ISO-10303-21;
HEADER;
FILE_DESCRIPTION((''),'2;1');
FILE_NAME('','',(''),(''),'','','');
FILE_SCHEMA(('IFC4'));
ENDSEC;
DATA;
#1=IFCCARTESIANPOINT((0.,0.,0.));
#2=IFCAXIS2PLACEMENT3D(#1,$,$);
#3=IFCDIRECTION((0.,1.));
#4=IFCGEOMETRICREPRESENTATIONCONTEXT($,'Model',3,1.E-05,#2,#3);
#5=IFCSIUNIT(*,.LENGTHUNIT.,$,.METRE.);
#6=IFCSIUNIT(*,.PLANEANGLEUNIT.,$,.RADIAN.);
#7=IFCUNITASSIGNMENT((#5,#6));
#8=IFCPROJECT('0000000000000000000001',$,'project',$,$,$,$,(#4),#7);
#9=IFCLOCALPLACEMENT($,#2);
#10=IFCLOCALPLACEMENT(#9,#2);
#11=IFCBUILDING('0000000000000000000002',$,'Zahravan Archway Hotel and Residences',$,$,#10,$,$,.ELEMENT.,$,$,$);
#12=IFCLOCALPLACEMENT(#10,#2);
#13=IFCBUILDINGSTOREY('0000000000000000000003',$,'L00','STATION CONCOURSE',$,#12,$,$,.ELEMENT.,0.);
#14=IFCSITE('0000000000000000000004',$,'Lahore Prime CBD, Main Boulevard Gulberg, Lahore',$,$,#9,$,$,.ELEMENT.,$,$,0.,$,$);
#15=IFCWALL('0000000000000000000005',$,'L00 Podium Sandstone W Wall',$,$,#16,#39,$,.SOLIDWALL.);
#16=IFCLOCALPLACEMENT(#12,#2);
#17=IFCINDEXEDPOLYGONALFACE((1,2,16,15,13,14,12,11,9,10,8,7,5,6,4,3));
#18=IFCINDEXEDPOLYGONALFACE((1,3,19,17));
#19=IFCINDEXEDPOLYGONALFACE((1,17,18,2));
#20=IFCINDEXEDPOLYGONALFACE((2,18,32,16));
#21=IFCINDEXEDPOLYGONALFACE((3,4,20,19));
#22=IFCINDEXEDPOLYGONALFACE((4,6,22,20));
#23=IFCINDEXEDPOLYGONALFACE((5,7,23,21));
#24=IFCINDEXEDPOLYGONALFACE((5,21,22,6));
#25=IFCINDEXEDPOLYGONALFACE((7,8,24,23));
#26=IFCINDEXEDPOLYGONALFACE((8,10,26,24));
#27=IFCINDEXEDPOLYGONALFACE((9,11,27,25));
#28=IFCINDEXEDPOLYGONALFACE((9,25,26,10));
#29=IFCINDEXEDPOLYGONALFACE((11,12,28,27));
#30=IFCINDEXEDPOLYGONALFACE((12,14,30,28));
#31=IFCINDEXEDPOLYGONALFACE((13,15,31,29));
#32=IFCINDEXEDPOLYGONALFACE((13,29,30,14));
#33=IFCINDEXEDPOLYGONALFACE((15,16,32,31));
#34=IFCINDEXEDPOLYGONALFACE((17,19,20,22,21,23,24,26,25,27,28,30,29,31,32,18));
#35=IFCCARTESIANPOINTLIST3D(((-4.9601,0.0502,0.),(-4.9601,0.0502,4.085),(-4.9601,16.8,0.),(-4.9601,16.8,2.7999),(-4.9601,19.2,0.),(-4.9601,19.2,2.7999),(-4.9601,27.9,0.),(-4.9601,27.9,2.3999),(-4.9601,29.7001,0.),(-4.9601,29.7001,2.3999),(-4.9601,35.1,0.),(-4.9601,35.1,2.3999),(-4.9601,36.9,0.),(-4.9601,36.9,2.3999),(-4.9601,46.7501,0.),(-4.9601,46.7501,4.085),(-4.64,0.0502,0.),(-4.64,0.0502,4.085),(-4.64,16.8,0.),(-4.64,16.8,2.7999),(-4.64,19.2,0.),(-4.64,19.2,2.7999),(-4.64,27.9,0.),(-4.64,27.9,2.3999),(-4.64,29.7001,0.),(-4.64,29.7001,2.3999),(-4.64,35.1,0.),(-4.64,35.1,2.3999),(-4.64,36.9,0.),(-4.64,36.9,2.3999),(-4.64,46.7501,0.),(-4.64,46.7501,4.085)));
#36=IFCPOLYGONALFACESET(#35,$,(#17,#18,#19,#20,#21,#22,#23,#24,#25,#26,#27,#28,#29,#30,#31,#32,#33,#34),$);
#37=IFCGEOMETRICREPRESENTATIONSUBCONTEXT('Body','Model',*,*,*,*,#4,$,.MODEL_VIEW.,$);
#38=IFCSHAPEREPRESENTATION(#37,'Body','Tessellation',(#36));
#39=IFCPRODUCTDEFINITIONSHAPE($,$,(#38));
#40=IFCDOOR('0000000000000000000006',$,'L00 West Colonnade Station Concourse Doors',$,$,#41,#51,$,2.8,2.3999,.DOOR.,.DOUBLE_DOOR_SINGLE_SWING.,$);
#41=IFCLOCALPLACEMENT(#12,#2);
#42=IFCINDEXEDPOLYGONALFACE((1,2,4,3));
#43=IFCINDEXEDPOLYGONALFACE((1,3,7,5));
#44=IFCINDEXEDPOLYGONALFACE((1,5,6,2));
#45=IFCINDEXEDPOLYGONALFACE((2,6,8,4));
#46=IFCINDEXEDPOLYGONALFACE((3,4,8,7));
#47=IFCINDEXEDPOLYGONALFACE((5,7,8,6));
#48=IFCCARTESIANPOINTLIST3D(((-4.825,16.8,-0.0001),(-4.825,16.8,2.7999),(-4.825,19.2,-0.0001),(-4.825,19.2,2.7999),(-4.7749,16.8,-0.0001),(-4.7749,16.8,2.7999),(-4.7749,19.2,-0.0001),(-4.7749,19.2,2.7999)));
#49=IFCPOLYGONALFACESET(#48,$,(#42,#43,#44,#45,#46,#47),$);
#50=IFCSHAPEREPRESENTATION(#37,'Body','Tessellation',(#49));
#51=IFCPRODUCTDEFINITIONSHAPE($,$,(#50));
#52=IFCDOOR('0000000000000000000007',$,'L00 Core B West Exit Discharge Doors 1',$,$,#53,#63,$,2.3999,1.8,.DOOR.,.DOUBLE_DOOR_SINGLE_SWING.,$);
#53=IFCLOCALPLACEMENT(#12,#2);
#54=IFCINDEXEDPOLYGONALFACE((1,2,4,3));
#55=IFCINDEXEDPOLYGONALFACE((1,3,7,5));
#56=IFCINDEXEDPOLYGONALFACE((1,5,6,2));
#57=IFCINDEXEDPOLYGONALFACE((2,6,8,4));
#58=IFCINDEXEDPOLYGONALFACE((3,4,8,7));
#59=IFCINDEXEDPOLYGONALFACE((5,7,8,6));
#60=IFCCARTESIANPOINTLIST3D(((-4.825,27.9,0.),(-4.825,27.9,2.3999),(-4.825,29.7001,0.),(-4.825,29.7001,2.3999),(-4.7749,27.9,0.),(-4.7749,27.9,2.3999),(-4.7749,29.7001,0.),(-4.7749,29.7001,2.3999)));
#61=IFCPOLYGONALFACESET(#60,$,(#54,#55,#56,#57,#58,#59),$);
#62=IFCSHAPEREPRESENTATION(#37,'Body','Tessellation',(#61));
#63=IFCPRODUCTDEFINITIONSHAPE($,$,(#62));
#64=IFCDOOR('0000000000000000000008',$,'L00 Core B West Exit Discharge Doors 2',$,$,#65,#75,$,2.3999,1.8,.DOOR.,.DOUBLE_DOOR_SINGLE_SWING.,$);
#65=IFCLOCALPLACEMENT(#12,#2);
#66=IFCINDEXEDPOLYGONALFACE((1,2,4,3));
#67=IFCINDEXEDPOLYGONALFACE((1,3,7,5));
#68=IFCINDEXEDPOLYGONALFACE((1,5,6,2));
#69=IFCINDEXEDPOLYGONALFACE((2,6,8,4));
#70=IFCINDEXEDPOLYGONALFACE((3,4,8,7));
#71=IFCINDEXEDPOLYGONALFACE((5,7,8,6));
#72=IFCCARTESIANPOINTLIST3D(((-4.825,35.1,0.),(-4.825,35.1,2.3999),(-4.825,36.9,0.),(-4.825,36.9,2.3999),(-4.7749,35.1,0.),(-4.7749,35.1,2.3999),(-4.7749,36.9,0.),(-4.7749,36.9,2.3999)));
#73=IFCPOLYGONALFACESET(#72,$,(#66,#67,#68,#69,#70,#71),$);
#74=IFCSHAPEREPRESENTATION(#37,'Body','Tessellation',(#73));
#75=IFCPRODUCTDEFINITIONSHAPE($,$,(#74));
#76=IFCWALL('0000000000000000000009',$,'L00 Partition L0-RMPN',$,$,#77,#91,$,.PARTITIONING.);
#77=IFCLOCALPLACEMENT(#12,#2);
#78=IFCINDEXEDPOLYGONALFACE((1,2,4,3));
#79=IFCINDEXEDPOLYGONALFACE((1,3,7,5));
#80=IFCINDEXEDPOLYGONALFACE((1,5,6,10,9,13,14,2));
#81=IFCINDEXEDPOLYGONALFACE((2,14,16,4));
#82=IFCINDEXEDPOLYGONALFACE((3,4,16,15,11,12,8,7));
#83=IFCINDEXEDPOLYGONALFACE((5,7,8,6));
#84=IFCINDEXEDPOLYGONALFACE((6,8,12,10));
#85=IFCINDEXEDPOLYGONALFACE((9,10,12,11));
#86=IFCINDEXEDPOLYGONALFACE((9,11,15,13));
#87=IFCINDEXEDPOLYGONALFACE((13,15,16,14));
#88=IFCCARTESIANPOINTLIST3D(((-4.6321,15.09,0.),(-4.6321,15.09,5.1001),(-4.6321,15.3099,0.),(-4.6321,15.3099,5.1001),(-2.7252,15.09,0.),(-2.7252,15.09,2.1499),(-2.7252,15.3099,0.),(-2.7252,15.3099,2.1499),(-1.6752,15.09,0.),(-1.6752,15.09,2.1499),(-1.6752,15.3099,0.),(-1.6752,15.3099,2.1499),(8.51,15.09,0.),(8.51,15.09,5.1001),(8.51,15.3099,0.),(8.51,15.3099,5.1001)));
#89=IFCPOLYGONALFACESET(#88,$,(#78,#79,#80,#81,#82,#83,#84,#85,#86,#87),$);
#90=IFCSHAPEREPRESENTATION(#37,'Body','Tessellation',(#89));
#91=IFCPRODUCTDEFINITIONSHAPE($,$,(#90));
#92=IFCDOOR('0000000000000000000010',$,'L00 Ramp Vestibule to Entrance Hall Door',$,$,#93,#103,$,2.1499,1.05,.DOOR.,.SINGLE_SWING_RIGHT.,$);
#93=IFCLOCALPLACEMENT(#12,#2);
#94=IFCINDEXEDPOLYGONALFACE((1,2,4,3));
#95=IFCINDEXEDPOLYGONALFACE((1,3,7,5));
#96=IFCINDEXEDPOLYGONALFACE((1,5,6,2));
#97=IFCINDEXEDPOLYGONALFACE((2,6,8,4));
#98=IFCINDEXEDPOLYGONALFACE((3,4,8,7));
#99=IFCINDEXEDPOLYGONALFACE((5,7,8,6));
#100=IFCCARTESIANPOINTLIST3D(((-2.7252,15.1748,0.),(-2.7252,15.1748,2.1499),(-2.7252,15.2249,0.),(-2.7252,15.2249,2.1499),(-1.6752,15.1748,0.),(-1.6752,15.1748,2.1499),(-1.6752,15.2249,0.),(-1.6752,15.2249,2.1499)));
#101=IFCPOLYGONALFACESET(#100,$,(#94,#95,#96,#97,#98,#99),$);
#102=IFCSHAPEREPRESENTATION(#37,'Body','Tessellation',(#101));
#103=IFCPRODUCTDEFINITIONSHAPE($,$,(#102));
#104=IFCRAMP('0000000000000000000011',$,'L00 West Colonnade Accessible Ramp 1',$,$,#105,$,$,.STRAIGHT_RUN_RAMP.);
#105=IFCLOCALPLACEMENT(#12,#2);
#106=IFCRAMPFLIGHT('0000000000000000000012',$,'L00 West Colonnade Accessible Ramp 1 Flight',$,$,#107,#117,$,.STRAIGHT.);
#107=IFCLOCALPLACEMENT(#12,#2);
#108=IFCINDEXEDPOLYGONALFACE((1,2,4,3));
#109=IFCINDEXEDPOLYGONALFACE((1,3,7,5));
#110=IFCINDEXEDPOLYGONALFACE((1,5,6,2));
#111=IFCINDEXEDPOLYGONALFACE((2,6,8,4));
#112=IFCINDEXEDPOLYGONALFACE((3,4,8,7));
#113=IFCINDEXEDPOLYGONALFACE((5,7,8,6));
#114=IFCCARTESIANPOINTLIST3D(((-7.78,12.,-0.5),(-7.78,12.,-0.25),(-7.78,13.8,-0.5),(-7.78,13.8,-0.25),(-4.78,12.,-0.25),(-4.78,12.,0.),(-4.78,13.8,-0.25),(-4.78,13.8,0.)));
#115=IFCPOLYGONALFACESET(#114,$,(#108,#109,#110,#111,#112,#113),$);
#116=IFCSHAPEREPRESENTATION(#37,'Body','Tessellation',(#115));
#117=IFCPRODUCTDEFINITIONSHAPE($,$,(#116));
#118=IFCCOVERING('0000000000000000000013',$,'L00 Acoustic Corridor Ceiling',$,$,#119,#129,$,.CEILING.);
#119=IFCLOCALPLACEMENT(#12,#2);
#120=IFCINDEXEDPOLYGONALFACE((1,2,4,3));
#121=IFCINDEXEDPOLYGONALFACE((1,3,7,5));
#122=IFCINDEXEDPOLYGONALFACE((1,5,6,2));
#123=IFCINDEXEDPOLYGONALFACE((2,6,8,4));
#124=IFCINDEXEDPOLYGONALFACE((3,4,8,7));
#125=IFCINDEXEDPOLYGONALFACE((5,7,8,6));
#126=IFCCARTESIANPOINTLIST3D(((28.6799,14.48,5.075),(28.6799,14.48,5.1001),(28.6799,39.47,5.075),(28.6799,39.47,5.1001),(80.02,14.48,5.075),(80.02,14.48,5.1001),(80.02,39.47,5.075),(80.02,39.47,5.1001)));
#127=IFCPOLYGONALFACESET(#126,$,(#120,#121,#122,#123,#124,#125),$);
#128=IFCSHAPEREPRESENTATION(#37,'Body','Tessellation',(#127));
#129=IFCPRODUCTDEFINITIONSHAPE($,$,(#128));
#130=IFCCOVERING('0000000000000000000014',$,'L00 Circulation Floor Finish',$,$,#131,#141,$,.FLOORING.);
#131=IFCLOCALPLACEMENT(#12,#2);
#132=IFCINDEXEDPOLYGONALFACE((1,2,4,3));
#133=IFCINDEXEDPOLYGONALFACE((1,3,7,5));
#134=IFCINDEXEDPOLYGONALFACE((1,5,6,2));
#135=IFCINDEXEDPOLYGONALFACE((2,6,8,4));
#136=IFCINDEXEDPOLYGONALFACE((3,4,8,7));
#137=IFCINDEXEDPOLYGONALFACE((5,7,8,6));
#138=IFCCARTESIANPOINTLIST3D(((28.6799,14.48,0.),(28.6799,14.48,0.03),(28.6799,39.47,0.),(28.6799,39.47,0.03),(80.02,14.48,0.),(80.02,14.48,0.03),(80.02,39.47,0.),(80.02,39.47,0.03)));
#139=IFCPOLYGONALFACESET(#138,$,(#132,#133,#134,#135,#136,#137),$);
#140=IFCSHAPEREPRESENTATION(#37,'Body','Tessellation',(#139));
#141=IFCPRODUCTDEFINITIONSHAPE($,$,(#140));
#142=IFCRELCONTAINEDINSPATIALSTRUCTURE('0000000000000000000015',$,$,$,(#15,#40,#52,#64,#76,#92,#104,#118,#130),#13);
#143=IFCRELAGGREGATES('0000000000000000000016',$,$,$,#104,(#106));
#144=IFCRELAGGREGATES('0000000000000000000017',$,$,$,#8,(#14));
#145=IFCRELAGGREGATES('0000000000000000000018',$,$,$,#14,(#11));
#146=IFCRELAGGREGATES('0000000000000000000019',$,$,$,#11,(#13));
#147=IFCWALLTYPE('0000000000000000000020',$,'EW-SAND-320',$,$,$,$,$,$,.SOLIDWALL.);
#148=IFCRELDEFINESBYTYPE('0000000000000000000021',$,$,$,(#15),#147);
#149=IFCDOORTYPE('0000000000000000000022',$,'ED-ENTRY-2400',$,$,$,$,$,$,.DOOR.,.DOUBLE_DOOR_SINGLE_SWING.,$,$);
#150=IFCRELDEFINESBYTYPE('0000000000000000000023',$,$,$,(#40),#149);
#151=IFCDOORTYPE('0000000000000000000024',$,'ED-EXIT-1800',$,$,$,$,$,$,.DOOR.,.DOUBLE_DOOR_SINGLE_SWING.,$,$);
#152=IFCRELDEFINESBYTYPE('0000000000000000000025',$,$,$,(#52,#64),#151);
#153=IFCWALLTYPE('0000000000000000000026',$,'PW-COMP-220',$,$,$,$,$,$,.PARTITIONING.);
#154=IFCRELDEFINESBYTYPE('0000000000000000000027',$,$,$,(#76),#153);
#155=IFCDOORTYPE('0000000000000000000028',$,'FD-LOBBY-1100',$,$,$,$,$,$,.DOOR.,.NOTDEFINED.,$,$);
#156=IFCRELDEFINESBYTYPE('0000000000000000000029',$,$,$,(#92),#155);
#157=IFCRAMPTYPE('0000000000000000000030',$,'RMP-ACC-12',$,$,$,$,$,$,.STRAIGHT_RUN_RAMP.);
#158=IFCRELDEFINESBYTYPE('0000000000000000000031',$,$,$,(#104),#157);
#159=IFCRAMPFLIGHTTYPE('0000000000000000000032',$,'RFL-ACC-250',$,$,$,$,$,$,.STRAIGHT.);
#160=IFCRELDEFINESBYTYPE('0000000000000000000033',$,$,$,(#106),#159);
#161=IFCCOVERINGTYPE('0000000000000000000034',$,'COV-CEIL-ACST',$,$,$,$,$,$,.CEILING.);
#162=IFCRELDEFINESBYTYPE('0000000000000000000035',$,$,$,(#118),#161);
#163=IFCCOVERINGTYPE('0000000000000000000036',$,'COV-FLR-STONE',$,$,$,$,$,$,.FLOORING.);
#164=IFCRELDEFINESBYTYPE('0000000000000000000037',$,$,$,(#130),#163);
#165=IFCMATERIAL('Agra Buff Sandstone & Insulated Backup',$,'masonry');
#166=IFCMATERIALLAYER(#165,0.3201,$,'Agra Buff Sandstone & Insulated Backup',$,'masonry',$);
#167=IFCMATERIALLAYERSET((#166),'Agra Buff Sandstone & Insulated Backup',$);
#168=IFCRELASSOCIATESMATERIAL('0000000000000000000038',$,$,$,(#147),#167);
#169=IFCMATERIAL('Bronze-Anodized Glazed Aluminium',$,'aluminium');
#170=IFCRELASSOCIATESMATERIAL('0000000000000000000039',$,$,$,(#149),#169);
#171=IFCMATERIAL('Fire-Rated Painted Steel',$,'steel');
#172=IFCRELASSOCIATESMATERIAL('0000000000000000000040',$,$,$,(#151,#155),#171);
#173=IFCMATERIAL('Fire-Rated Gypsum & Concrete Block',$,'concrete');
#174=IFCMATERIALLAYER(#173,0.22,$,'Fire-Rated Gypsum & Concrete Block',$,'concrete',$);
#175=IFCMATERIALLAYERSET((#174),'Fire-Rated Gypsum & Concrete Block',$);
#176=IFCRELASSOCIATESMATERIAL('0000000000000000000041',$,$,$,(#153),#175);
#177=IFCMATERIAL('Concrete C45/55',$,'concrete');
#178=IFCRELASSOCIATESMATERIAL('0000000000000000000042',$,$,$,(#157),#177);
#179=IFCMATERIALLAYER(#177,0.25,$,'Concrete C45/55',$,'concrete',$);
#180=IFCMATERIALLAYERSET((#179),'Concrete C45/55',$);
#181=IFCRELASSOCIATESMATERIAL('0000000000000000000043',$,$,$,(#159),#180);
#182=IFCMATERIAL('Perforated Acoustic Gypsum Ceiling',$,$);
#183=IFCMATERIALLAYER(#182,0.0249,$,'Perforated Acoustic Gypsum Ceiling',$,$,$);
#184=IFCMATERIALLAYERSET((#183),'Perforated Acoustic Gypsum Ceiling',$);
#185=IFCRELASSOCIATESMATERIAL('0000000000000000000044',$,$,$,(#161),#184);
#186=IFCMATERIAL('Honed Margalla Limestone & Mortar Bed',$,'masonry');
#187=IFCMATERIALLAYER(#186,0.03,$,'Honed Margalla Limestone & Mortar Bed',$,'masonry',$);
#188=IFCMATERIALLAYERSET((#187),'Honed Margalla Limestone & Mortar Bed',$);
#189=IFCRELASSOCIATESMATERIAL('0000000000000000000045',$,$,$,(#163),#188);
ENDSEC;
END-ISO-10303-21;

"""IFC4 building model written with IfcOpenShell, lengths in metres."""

from ifc_helpers import new_model, si_unit, direction, frame, frame_2d, origin, place, context, subcontext, project, spatial, polyline, rectangle, outline, extrude, source, transform, mapped, material, layer, layer_set, type_object, type_shapes, element, fill, aggregate, save


model = new_model("IFC4")

# Units and contexts
model_context = context("Model", 3, precision=1e-05, world=origin(), true_north=direction((0.0, 1.0)))
body_context = subcontext(model_context, "Body", "Model", "MODEL_VIEW")
ifc_project = project(units=[si_unit("LENGTHUNIT", "METRE"), si_unit("PLANEANGLEUNIT", "RADIAN")], contexts=[model_context])

# Site, building, storey
site_placement = place(None, origin())
site = spatial("IfcSite", under=ifc_project, at=site_placement, Name="Lahore Prime CBD, Main Boulevard Gulberg, Lahore", CompositionType="ELEMENT", RefElevation=0.0)
building_placement = place(site_placement, origin())
building = spatial("IfcBuilding", under=site, at=building_placement, Name="Zahravan Archway Hotel and Residences", CompositionType="ELEMENT")
storey_placement = place(building_placement, origin())
storey = spatial("IfcBuildingStorey", under=building, at=storey_placement, Name="L00", Description="STATION CONCOURSE", CompositionType="ELEMENT", Elevation=0.0)

# Wall, openings, doors
ifc_material_1 = material(Name="Agra Buff Sandstone & Insulated Backup", Category="masonry")
ifc_layer_1 = layer(ifc_material_1, 0.3201, Name="Agra Buff Sandstone & Insulated Backup", Category="masonry")
ifc_layer_set_1 = layer_set([ifc_layer_1], Name="Agra Buff Sandstone & Insulated Backup")
wall_type_1 = type_object("IfcWallType", Name="EW-SAND-320", PredefinedType="SOLIDWALL", material=ifc_layer_set_1)
wall_1_placement = place(storey_placement, frame((-4.8, 0.05, 0.0), z_axis=(0.0, 0.0, 1.0), x_axis=(0.0, 1.0, 0.0)))
wall_1 = element("IfcWall", 1, at=wall_1_placement, inside=storey, type_object=wall_type_1, Name="L00 Podium Sandstone W Wall", PredefinedType="SOLIDWALL", context=body_context, shape_type="SweptSolid", body=[
    extrude(rectangle(XDim=46.7, YDim=0.3201, at=frame_2d((23.3501, 0.0))), origin(), (0.0, 0.0, 1.0), 4.085),
])
opening_1_placement = place(wall_1_placement, frame((16.75, 0.0, 0.0)))
opening_1 = element("IfcOpeningElement", 2, at=opening_1_placement, cuts=wall_1, PredefinedType="OPENING", context=body_context, shape_type="SweptSolid", body=[
    extrude(rectangle(XDim=2.3999, YDim=2.8, at=frame_2d((1.2, 1.3999))), frame((0.0, 0.1699, 0.0), z_axis=(0.0, -1.0, 0.0), x_axis=(1.0, 0.0, 0.0)), (0.0, 0.0, 1.0), 0.3401),
])
opening_2_placement = place(wall_1_placement, frame((27.8501, 0.0, 0.0)))
opening_2 = element("IfcOpeningElement", 3, at=opening_2_placement, cuts=wall_1, PredefinedType="OPENING", context=body_context, shape_type="SweptSolid", body=[
    extrude(rectangle(XDim=1.8, YDim=2.3999, at=frame_2d((0.8999, 1.2))), frame((0.0, 0.1699, 0.0), z_axis=(0.0, -1.0, 0.0), x_axis=(1.0, 0.0, 0.0)), (0.0, 0.0, 1.0), 0.3401),
])
opening_3_placement = place(wall_1_placement, frame((35.05, 0.0, 0.0)))
opening_3 = element("IfcOpeningElement", 4, at=opening_3_placement, cuts=wall_1, PredefinedType="OPENING", context=body_context, shape_type="SweptSolid", body=[
    extrude(rectangle(XDim=1.8, YDim=2.3999, at=frame_2d((0.8999, 1.2))), frame((0.0, 0.1699, 0.0), z_axis=(0.0, -1.0, 0.0), x_axis=(1.0, 0.0, 0.0)), (0.0, 0.0, 1.0), 0.3401),
])
ifc_material_2 = material(Name="Bronze-Anodized Glazed Aluminium", Category="aluminium")
door_type_1 = type_object("IfcDoorType", Name="ED-ENTRY-2400", OperationType="DOUBLE_DOOR_SINGLE_SWING", PredefinedType="DOOR", material=ifc_material_2)
shared_shape_1 = source(origin(), body_context, "Body", "SweptSolid", [
    extrude(rectangle(XDim=2.3999, YDim=2.8, at=frame_2d((1.2, 1.3999))), frame((0.0, 0.0249, 0.0), z_axis=(0.0, -1.0, 0.0), x_axis=(1.0, 0.0, 0.0)), (0.0, 0.0, 1.0), 0.05),
])
type_shapes(door_type_1, [shared_shape_1])
door_1_placement = place(opening_1_placement, origin())
door_1 = element("IfcDoor", 5, at=door_1_placement, inside=storey, type_object=door_type_1, Name="L00 West Colonnade Station Concourse Doors", OperationType="DOUBLE_DOOR_SINGLE_SWING", OverallHeight=2.8, OverallWidth=2.3999, PredefinedType="DOOR", context=body_context, shape_type="MappedRepresentation", body=[
    mapped(shared_shape_1, transform((0.0, 0.0, 0.0), scale=1.0)),
])
fill(opening_1, door_1)
ifc_material_3 = material(Name="Fire-Rated Painted Steel", Category="steel")
door_type_2 = type_object("IfcDoorType", Name="ED-EXIT-1800", OperationType="DOUBLE_DOOR_SINGLE_SWING", PredefinedType="DOOR", material=ifc_material_3)
shared_shape_2 = source(origin(), body_context, "Body", "SweptSolid", [
    extrude(rectangle(XDim=1.8, YDim=2.3999, at=frame_2d((0.8999, 1.2))), frame((0.0, 0.0249, 0.0), z_axis=(0.0, -1.0, 0.0), x_axis=(1.0, 0.0, 0.0)), (0.0, 0.0, 1.0), 0.05),
])
type_shapes(door_type_2, [shared_shape_2])
door_2_placement = place(opening_2_placement, origin())
door_2 = element("IfcDoor", 6, at=door_2_placement, inside=storey, type_object=door_type_2, Name="L00 Core B West Exit Discharge Doors 1", OperationType="DOUBLE_DOOR_SINGLE_SWING", OverallHeight=2.3999, OverallWidth=1.8, PredefinedType="DOOR", context=body_context, shape_type="MappedRepresentation", body=[
    mapped(shared_shape_2, transform((0.0, 0.0, 0.0), scale=1.0)),
])
fill(opening_2, door_2)
door_3_placement = place(opening_3_placement, origin())
door_3 = element("IfcDoor", 7, at=door_3_placement, inside=storey, type_object=door_type_2, Name="L00 Core B West Exit Discharge Doors 2", OperationType="DOUBLE_DOOR_SINGLE_SWING", OverallHeight=2.3999, OverallWidth=1.8, PredefinedType="DOOR", context=body_context, shape_type="MappedRepresentation", body=[
    mapped(shared_shape_2, transform((0.0, 0.0, 0.0), scale=1.0)),
])
fill(opening_3, door_3)

# Wall, opening, door
ifc_material_4 = material(Name="Fire-Rated Gypsum & Concrete Block", Category="concrete")
ifc_layer_2 = layer(ifc_material_4, 0.22, Name="Fire-Rated Gypsum & Concrete Block", Category="concrete")
ifc_layer_set_2 = layer_set([ifc_layer_2], Name="Fire-Rated Gypsum & Concrete Block")
wall_type_2 = type_object("IfcWallType", Name="PW-COMP-220", PredefinedType="PARTITIONING", material=ifc_layer_set_2)
wall_2_placement = place(storey_placement, frame((-4.6321, 15.2, 0.0), z_axis=(0.0, 0.0, 1.0), x_axis=(1.0, 0.0, 0.0)))
wall_2 = element("IfcWall", 8, at=wall_2_placement, inside=storey, type_object=wall_type_2, Name="L00 Partition L0-RMPN", PredefinedType="PARTITIONING", context=body_context, shape_type="SweptSolid", body=[
    extrude(rectangle(XDim=13.1421, YDim=0.22, at=frame_2d((6.571, 0.0))), origin(), (0.0, 0.0, 1.0), 5.1001),
])
opening_4_placement = place(wall_2_placement, frame((1.907, 0.0, 0.0)))
opening_4 = element("IfcOpeningElement", 9, at=opening_4_placement, cuts=wall_2, PredefinedType="OPENING", context=body_context, shape_type="SweptSolid", body=[
    extrude(rectangle(XDim=1.05, YDim=2.1499, at=frame_2d((0.5249, 1.075))), frame((0.0, 0.1201, 0.0), z_axis=(0.0, -1.0, 0.0), x_axis=(1.0, 0.0, 0.0)), (0.0, 0.0, 1.0), 0.24),
])
door_type_3 = type_object("IfcDoorType", Name="FD-LOBBY-1100", OperationType="NOTDEFINED", PredefinedType="DOOR", material=ifc_material_3)
shared_shape_3 = source(origin(), body_context, "Body", "SweptSolid", [
    extrude(rectangle(XDim=1.05, YDim=2.1499, at=frame_2d((0.5249, 1.075))), frame((0.0, 0.0249, 0.0), z_axis=(0.0, -1.0, 0.0), x_axis=(1.0, 0.0, 0.0)), (0.0, 0.0, 1.0), 0.05),
])
type_shapes(door_type_3, [shared_shape_3])
door_4_placement = place(opening_4_placement, origin())
door_4 = element("IfcDoor", 10, at=door_4_placement, inside=storey, type_object=door_type_3, Name="L00 Ramp Vestibule to Entrance Hall Door", OperationType="SINGLE_SWING_RIGHT", OverallHeight=2.1499, OverallWidth=1.05, PredefinedType="DOOR", context=body_context, shape_type="MappedRepresentation", body=[
    mapped(shared_shape_3, transform((0.0, 0.0, 0.0), scale=1.0)),
])
fill(opening_4, door_4)

# Ramp, ramp flight
ifc_material_5 = material(Name="Concrete C45/55", Category="concrete")
ramp_type = type_object("IfcRampType", Name="RMP-ACC-12", PredefinedType="STRAIGHT_RUN_RAMP", material=ifc_material_5)
ramp_placement = place(storey_placement, origin())
ramp = element("IfcRamp", 11, at=ramp_placement, inside=storey, type_object=ramp_type, Name="L00 West Colonnade Accessible Ramp 1", PredefinedType="STRAIGHT_RUN_RAMP")
ifc_layer_3 = layer(ifc_material_5, 0.25, Name="Concrete C45/55", Category="concrete")
ifc_layer_set_3 = layer_set([ifc_layer_3], Name="Concrete C45/55")
ramp_flight_type = type_object("IfcRampFlightType", Name="RFL-ACC-250", PredefinedType="STRAIGHT", material=ifc_layer_set_3)
ramp_flight_placement = place(storey_placement, frame((-7.78, 13.8, -0.25), z_axis=(0.0, -1.0, 0.0), x_axis=(1.0, 0.0, 0.0)))
ramp_flight = element("IfcRampFlight", 12, at=ramp_flight_placement, type_object=ramp_flight_type, Name="L00 West Colonnade Accessible Ramp 1 Flight", PredefinedType="STRAIGHT", context=body_context, shape_type="SweptSolid", body=[
    extrude(outline(polyline([(0.0, 0.0), (3.0, 0.25), (3.0, 0.0), (0.0, -0.25), (0.0, 0.0)])), origin(), (0.0, 0.0, 1.0), 1.8),
])
aggregate(ramp, [ramp_flight])

# Coverings
ifc_material_6 = material(Name="Perforated Acoustic Gypsum Ceiling")
ifc_layer_4 = layer(ifc_material_6, 0.0249, Name="Perforated Acoustic Gypsum Ceiling")
ifc_layer_set_4 = layer_set([ifc_layer_4], Name="Perforated Acoustic Gypsum Ceiling")
covering_type_1 = type_object("IfcCoveringType", Name="COV-CEIL-ACST", PredefinedType="CEILING", material=ifc_layer_set_4)
covering_1_placement = place(storey_placement, frame((0.0, 0.0, 5.075)))
element("IfcCovering", 13, at=covering_1_placement, inside=storey, type_object=covering_type_1, Name="L00 Acoustic Corridor Ceiling", PredefinedType="CEILING", context=body_context, shape_type="SweptSolid", body=[
    extrude(outline(polyline([(28.6799, 39.47), (80.02, 39.47), (80.02, 14.48), (28.6799, 14.48), (28.6799, 39.47)])), origin(), (0.0, 0.0, 1.0), 0.0251),
])
ifc_material_7 = material(Name="Honed Margalla Limestone & Mortar Bed", Category="masonry")
ifc_layer_5 = layer(ifc_material_7, 0.03, Name="Honed Margalla Limestone & Mortar Bed", Category="masonry")
ifc_layer_set_5 = layer_set([ifc_layer_5], Name="Honed Margalla Limestone & Mortar Bed")
covering_type_2 = type_object("IfcCoveringType", Name="COV-FLR-STONE", PredefinedType="FLOORING", material=ifc_layer_set_5)
covering_2_placement = place(storey_placement, origin())
element("IfcCovering", 14, at=covering_2_placement, inside=storey, type_object=covering_type_2, Name="L00 Circulation Floor Finish", PredefinedType="FLOORING", context=body_context, shape_type="SweptSolid", body=[
    extrude(outline(polyline([(28.6799, 39.47), (80.02, 39.47), (80.02, 14.48), (28.6799, 14.48), (28.6799, 39.47)])), origin(), (0.0, 0.0, 1.0), 0.03),
])

save(model, "model.ifc")
